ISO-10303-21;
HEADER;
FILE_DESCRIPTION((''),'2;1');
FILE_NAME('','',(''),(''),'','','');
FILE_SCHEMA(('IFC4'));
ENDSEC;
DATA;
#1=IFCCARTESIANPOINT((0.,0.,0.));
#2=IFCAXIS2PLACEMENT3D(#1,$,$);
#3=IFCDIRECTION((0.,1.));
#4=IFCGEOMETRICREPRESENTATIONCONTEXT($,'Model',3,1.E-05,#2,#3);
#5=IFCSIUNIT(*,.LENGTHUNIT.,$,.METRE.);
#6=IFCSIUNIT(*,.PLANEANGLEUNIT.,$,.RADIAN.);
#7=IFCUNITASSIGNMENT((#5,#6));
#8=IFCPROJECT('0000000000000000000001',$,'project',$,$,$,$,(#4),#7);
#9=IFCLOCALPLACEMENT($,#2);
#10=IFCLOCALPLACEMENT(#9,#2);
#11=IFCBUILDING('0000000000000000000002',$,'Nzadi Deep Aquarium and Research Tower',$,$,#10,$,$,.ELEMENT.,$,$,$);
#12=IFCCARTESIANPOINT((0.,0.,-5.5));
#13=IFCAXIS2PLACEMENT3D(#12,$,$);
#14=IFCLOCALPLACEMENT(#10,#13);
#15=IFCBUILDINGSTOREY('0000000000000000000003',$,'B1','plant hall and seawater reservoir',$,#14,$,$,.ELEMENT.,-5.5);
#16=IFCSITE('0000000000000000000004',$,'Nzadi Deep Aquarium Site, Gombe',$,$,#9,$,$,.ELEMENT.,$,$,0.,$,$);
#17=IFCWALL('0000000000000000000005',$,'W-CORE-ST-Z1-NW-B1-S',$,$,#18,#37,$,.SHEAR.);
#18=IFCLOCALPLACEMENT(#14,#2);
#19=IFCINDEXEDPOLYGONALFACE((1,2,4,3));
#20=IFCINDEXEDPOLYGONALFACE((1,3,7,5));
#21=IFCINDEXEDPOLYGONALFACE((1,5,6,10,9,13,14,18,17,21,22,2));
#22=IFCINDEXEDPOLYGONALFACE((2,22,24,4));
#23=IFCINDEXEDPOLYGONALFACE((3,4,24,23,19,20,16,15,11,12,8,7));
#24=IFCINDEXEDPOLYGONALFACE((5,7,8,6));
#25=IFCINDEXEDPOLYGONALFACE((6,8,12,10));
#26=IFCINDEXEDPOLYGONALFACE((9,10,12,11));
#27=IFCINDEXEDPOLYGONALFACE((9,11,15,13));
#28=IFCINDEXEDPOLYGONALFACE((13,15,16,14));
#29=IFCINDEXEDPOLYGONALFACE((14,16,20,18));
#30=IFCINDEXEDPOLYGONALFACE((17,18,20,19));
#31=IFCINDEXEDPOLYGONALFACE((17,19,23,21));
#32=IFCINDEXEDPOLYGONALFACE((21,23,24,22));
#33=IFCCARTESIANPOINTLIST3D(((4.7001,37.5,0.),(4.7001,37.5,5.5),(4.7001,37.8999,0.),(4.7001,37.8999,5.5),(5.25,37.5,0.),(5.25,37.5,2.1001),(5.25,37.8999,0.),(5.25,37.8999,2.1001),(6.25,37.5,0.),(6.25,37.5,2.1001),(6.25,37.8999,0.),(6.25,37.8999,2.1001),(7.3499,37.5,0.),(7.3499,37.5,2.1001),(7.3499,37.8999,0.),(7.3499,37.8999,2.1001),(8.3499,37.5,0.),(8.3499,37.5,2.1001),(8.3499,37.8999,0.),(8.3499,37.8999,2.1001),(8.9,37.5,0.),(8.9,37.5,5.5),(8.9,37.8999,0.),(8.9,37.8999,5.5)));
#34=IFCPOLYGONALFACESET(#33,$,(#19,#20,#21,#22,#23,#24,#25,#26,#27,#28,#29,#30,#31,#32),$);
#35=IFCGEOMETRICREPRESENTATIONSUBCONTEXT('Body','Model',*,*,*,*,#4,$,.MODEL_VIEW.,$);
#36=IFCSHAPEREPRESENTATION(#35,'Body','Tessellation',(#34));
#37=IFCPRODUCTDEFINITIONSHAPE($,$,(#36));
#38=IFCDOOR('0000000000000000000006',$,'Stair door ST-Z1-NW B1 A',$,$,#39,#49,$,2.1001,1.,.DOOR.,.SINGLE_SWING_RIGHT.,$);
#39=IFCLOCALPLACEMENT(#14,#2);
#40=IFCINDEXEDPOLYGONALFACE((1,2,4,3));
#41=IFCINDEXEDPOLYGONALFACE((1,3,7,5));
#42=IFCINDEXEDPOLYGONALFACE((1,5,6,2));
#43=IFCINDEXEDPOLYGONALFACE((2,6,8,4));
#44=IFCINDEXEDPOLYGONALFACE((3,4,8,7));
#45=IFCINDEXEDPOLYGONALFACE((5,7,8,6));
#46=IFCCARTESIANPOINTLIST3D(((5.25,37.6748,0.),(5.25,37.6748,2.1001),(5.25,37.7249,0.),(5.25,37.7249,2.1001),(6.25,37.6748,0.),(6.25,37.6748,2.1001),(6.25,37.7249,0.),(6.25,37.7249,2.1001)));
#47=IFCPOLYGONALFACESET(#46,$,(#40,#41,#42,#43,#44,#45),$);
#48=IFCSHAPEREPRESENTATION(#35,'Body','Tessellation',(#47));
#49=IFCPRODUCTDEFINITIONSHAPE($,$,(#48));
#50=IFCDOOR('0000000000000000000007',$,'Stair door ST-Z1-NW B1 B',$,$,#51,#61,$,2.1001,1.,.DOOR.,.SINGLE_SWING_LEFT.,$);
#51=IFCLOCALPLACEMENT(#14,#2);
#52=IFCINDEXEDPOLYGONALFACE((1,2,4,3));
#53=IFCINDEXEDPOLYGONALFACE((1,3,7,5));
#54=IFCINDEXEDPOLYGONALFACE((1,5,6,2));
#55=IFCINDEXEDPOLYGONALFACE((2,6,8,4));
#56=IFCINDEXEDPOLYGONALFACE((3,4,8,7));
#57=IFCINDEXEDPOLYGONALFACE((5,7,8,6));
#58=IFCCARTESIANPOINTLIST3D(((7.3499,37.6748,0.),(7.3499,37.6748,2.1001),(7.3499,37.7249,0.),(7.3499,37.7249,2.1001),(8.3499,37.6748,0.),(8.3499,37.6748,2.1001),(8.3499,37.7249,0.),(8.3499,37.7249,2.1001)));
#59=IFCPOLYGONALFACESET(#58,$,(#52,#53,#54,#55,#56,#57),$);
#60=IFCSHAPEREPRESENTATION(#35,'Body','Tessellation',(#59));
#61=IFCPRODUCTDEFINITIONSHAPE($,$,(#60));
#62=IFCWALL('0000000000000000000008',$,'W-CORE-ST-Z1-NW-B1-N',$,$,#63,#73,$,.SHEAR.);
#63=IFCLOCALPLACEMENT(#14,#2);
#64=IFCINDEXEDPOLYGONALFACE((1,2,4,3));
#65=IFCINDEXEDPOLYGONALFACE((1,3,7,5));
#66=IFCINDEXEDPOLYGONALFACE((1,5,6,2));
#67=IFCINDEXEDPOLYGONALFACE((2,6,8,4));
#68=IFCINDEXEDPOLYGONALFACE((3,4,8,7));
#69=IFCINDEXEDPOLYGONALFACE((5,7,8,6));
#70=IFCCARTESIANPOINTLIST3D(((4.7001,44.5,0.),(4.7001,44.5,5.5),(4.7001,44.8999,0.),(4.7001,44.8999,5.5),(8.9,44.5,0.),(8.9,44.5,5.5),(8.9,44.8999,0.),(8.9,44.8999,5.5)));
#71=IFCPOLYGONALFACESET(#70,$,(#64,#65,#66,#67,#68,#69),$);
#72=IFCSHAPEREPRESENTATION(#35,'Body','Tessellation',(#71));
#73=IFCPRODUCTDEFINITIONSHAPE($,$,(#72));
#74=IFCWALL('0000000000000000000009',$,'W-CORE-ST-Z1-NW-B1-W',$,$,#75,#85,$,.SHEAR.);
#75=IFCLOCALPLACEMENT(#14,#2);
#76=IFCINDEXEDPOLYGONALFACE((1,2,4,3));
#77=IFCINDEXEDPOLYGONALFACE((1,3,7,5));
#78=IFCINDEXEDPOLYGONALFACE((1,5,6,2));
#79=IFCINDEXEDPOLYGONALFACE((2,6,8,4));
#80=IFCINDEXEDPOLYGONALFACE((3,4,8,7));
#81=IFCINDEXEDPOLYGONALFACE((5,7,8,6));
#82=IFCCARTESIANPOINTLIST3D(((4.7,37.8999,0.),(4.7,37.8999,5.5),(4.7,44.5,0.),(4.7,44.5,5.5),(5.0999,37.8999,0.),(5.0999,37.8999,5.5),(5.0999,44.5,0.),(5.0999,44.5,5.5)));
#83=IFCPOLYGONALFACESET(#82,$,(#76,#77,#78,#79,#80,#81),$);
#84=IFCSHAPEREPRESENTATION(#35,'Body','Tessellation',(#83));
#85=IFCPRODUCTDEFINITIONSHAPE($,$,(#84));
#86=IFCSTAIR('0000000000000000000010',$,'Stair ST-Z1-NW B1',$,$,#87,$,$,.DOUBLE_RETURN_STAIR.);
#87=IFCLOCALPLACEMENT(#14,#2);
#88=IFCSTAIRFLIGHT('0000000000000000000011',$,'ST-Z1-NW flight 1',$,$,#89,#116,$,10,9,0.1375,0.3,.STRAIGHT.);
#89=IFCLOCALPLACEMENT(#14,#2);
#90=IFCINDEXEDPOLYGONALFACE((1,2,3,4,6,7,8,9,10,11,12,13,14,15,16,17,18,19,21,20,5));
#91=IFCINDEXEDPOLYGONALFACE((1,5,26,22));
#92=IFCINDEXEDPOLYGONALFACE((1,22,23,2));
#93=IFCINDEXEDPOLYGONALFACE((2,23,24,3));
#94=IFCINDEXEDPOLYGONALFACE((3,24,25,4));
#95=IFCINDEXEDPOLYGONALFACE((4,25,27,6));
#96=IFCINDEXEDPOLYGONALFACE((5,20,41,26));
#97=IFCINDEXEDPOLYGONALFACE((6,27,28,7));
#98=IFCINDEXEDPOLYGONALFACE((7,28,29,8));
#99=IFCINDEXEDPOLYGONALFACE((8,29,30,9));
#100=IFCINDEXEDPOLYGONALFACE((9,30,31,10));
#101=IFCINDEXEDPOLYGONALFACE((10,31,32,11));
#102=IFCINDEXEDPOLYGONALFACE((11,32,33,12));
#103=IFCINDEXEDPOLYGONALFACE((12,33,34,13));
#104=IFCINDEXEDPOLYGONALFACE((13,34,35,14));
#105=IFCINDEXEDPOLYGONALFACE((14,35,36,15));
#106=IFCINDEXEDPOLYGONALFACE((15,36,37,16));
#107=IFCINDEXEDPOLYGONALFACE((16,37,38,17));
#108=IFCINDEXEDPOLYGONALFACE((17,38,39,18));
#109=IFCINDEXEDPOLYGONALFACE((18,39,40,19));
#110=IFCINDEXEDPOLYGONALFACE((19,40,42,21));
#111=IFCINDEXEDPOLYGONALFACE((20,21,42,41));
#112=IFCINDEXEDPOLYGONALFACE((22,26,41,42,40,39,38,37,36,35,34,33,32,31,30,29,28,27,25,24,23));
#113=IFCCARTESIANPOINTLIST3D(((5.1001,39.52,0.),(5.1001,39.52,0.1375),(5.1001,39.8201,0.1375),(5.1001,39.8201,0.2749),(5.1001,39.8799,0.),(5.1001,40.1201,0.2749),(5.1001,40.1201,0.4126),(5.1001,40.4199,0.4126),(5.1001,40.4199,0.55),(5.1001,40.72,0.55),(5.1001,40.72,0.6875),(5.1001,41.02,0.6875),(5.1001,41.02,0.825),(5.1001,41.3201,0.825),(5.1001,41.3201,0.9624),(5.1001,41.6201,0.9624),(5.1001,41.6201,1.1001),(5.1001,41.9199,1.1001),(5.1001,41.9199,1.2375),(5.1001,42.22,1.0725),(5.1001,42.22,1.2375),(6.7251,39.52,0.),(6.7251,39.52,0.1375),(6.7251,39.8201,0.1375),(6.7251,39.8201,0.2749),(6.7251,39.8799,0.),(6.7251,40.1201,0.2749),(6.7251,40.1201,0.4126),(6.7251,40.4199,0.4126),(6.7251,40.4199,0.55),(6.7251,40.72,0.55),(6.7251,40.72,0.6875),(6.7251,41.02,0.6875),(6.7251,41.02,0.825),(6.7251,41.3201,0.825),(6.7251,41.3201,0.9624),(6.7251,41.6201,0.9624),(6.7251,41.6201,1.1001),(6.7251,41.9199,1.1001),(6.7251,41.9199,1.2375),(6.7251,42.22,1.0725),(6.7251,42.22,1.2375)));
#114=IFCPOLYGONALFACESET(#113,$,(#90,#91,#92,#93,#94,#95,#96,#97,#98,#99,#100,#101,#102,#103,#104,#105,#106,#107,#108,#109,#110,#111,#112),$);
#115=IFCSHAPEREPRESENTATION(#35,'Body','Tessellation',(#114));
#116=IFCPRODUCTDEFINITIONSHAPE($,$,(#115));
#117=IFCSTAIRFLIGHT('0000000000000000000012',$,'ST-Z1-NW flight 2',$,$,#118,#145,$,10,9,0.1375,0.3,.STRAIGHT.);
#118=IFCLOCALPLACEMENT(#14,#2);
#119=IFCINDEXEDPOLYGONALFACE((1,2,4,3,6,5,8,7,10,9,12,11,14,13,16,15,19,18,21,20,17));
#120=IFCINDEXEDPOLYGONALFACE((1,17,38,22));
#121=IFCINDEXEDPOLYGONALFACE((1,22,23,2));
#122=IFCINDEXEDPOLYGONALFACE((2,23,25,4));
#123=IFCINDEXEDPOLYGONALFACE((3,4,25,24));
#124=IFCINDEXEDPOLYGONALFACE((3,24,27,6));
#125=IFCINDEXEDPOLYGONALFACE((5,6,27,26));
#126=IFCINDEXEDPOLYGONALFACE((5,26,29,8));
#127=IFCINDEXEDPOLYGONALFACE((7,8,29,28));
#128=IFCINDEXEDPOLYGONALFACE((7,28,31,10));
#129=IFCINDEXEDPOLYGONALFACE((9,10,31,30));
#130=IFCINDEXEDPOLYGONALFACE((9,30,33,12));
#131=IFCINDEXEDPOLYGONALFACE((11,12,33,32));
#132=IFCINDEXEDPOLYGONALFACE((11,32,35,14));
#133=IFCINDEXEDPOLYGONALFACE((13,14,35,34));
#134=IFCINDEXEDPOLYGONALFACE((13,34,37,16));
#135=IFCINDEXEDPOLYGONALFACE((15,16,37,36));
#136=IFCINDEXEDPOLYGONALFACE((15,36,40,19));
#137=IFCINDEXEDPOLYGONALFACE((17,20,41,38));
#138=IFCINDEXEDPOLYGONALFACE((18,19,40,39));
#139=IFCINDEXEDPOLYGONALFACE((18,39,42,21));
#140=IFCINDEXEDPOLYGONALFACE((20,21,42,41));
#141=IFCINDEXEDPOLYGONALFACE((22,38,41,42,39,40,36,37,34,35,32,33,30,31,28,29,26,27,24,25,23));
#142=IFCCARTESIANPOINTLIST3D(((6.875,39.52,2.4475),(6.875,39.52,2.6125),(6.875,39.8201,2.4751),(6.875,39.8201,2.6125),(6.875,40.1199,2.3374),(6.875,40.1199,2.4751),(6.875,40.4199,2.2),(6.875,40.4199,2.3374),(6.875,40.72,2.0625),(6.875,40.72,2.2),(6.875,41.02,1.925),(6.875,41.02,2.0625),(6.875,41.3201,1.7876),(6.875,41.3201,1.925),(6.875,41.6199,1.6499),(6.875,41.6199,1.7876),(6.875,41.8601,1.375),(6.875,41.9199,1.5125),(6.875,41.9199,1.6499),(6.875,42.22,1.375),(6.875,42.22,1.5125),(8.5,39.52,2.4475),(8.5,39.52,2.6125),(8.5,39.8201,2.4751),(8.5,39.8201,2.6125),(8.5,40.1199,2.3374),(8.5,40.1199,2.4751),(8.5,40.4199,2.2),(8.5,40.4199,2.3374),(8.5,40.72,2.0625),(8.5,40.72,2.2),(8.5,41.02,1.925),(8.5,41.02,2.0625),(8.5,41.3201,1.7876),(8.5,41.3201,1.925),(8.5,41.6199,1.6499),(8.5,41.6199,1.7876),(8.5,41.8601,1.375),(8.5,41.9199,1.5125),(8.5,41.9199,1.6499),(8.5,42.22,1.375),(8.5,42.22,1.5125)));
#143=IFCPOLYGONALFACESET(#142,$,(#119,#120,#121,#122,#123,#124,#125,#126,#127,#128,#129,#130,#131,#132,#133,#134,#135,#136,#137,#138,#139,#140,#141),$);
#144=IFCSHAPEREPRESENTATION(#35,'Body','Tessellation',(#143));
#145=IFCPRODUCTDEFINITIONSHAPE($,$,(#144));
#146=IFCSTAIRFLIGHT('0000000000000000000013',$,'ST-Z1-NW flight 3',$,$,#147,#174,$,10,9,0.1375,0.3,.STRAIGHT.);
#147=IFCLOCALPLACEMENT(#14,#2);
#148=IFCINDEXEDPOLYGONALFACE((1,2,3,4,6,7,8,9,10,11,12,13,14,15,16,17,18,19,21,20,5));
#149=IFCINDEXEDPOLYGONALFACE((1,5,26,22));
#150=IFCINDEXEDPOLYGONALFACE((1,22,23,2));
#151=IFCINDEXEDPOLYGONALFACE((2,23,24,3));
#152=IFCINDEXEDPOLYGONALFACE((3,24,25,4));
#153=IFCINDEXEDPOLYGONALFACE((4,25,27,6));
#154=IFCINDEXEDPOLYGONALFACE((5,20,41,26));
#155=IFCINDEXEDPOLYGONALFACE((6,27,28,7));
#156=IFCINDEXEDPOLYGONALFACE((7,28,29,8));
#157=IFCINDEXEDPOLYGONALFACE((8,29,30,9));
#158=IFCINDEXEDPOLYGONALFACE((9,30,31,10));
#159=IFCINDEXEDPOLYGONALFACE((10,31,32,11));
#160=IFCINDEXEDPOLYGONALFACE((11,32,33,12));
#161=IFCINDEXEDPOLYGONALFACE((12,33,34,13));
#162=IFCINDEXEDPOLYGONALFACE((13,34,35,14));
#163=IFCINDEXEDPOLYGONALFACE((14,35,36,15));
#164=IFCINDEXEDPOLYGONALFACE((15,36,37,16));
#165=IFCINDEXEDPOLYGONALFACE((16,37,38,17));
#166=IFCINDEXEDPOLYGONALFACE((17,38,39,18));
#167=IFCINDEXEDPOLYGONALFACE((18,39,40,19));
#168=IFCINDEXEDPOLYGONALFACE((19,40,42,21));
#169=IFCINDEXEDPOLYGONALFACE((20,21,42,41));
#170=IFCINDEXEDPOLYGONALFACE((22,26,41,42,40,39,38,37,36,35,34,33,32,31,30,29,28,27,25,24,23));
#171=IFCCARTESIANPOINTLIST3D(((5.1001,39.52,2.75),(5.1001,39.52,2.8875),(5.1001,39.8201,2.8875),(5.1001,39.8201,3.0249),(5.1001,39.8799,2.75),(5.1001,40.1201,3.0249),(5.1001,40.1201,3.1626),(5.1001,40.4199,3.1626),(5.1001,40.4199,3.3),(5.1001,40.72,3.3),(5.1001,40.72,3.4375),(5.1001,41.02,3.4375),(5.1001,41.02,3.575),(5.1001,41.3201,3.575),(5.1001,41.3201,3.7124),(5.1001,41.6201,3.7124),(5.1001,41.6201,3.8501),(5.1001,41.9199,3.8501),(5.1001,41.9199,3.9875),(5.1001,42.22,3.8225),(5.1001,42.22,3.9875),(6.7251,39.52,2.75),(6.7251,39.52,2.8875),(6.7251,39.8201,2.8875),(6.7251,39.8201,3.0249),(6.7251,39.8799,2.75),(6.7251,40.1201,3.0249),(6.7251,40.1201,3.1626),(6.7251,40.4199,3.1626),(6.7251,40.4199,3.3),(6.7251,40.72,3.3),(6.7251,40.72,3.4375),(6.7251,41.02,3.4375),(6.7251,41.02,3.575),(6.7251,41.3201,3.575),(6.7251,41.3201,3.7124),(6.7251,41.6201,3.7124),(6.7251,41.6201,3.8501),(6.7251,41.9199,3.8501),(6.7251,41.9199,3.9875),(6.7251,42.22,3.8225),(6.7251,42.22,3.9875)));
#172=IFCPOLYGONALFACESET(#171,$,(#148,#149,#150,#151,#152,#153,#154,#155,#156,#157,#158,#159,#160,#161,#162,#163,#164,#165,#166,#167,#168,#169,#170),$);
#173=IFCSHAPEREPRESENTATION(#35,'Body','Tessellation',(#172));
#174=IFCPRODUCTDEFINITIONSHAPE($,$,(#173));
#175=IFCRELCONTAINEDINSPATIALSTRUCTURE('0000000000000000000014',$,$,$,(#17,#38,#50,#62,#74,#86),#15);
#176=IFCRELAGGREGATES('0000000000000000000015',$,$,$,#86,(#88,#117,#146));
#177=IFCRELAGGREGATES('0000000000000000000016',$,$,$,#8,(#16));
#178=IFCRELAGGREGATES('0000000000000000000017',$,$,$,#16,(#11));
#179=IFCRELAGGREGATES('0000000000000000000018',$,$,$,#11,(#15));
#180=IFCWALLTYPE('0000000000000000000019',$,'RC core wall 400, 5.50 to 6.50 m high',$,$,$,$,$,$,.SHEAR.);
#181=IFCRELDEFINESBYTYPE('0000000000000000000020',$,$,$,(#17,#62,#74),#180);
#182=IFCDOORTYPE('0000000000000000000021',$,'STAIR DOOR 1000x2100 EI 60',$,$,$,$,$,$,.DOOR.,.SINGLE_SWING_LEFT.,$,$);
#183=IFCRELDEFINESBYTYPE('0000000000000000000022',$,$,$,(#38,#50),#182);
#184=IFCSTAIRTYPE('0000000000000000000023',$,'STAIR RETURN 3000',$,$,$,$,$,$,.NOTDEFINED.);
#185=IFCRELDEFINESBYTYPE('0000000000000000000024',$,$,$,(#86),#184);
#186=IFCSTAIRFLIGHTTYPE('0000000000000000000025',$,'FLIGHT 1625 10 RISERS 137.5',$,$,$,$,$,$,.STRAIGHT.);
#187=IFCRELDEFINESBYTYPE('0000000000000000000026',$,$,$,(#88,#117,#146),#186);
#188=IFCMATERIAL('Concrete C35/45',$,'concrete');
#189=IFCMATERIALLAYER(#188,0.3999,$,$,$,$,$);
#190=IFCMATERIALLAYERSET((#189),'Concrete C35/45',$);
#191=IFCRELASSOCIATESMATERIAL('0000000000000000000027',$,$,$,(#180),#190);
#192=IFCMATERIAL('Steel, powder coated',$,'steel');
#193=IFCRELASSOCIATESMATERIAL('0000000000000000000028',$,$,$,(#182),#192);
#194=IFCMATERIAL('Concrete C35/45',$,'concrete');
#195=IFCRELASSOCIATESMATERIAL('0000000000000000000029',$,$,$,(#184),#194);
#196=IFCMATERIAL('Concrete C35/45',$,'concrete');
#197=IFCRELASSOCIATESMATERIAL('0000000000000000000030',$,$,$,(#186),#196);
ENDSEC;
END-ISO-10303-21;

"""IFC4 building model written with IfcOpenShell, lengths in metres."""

from ifc_helpers import new_model, si_unit, direction, frame, frame_2d, origin, place, context, subcontext, project, spatial, polyline, rectangle, outline, extrude, material, layer, layer_set, type_object, element, fill, aggregate, save


model = new_model("IFC4")

# Units and contexts
model_context = context("Model", 3, precision=1e-05, world=origin(), true_north=direction((0.0, 1.0)))
body_context = subcontext(model_context, "Body", "Model", "MODEL_VIEW")
ifc_project = project(units=[si_unit("LENGTHUNIT", "METRE"), si_unit("PLANEANGLEUNIT", "RADIAN")], contexts=[model_context])

# Site, building, storey
site_placement = place(None, origin())
site = spatial("IfcSite", under=ifc_project, at=site_placement, Name="Nzadi Deep Aquarium Site, Gombe", CompositionType="ELEMENT", RefElevation=0.0)
building_placement = place(site_placement, origin())
building = spatial("IfcBuilding", under=site, at=building_placement, Name="Nzadi Deep Aquarium and Research Tower", CompositionType="ELEMENT")
storey_placement = place(building_placement, frame((0.0, 0.0, -5.5)))
storey = spatial("IfcBuildingStorey", under=building, at=storey_placement, Name="B1", Description="plant hall and seawater reservoir", CompositionType="ELEMENT", Elevation=-5.5)

# Wall, openings, doors
ifc_material_1 = material(Name="Concrete C35/45", Category="concrete")
ifc_layer_1 = layer(ifc_material_1, 0.3999)
ifc_layer_set_1 = layer_set([ifc_layer_1], Name="Concrete C35/45")
wall_type_1 = type_object("IfcWallType", Name="RC core wall 400, 5.50 to 6.50 m high", PredefinedType="SHEAR", material=ifc_layer_set_1)
wall_1_placement = place(storey_placement, frame((4.7, 37.7, 0.0), z_axis=(0.0, 0.0, 1.0), x_axis=(1.0, 0.0, 0.0)))
wall_1 = element("IfcWall", 1, at=wall_1_placement, inside=storey, type_object=wall_type_1, Name="W-CORE-ST-Z1-NW-B1-S", PredefinedType="SHEAR", context=body_context, shape_type="SweptSolid", body=[
    extrude(rectangle(XDim=4.2, YDim=0.3999, at=frame_2d((2.1001, 0.0))), origin(), (0.0, 0.0, 1.0), 5.5),
])
opening_1_placement = place(wall_1_placement, frame((0.55, 0.0, 0.0)))
opening_1 = element("IfcOpeningElement", 2, at=opening_1_placement, cuts=wall_1, PredefinedType="OPENING", context=body_context, shape_type="SweptSolid", body=[
    extrude(rectangle(XDim=1.0, YDim=2.1001, at=frame_2d((0.5, 1.05))), frame((0.0, 0.21, 0.0), z_axis=(0.0, -1.0, 0.0), x_axis=(1.0, 0.0, 0.0)), (0.0, 0.0, 1.0), 0.4199),
])
opening_2_placement = place(wall_1_placement, frame((2.6499, 0.0, 0.0)))
opening_2 = element("IfcOpeningElement", 3, at=opening_2_placement, cuts=wall_1, PredefinedType="OPENING", context=body_context, shape_type="SweptSolid", body=[
    extrude(rectangle(XDim=1.0, YDim=2.1001, at=frame_2d((0.5, 1.05))), frame((0.0, 0.21, 0.0), z_axis=(0.0, -1.0, 0.0), x_axis=(1.0, 0.0, 0.0)), (0.0, 0.0, 1.0), 0.4199),
])
ifc_material_2 = material(Name="Steel, powder coated", Category="steel")
door_type = type_object("IfcDoorType", Name="STAIR DOOR 1000x2100 EI 60", OperationType="SINGLE_SWING_LEFT", PredefinedType="DOOR", material=ifc_material_2)
door_1_placement = place(opening_1_placement, origin())
door_1 = element("IfcDoor", 4, at=door_1_placement, inside=storey, type_object=door_type, Name="Stair door ST-Z1-NW B1 A", OperationType="SINGLE_SWING_RIGHT", OverallHeight=2.1001, OverallWidth=1.0, PredefinedType="DOOR", context=body_context, shape_type="SweptSolid", body=[
    extrude(rectangle(XDim=1.0, YDim=2.1001, at=frame_2d((0.5, 1.05))), frame((0.0, 0.0249, 0.0), z_axis=(0.0, -1.0, 0.0), x_axis=(1.0, 0.0, 0.0)), (0.0, 0.0, 1.0), 0.05),
])
fill(opening_1, door_1)
door_2_placement = place(opening_2_placement, origin())
door_2 = element("IfcDoor", 5, at=door_2_placement, inside=storey, type_object=door_type, Name="Stair door ST-Z1-NW B1 B", OperationType="SINGLE_SWING_LEFT", OverallHeight=2.1001, OverallWidth=1.0, PredefinedType="DOOR", context=body_context, shape_type="SweptSolid", body=[
    extrude(rectangle(XDim=1.0, YDim=2.1001, at=frame_2d((0.5, 1.05))), frame((0.0, 0.0249, 0.0), z_axis=(0.0, -1.0, 0.0), x_axis=(1.0, 0.0, 0.0)), (0.0, 0.0, 1.0), 0.05),
])
fill(opening_2, door_2)

# Walls
wall_2_placement = place(storey_placement, frame((4.7, 44.7, 0.0), z_axis=(0.0, 0.0, 1.0), x_axis=(1.0, 0.0, 0.0)))
element("IfcWall", 6, at=wall_2_placement, inside=storey, type_object=wall_type_1, Name="W-CORE-ST-Z1-NW-B1-N", PredefinedType="SHEAR", context=body_context, shape_type="SweptSolid", body=[
    extrude(rectangle(XDim=4.2, YDim=0.3999, at=frame_2d((2.1001, 0.0))), origin(), (0.0, 0.0, 1.0), 5.5),
])
wall_3_placement = place(storey_placement, frame((4.8999, 37.8999, 0.0), z_axis=(0.0, 0.0, 1.0), x_axis=(0.0, 1.0, 0.0)))
element("IfcWall", 7, at=wall_3_placement, inside=storey, type_object=wall_type_1, Name="W-CORE-ST-Z1-NW-B1-W", PredefinedType="SHEAR", context=body_context, shape_type="SweptSolid", body=[
    extrude(rectangle(XDim=6.6001, YDim=0.3999, at=frame_2d((3.3, 0.0))), origin(), (0.0, 0.0, 1.0), 5.5),
])

# Stair, stair flights
ifc_material_3 = material(Name="Concrete C35/45", Category="concrete")
stair_type = type_object("IfcStairType", Name="STAIR RETURN 3000", PredefinedType="NOTDEFINED", material=ifc_material_3)
stair_placement = place(storey_placement, origin())
stair = element("IfcStair", 8, at=stair_placement, inside=storey, type_object=stair_type, Name="Stair ST-Z1-NW B1", PredefinedType="DOUBLE_RETURN_STAIR")
ifc_material_4 = material(Name="Concrete C35/45", Category="concrete")
stair_flight_type = type_object("IfcStairFlightType", Name="FLIGHT 1625 10 RISERS 137.5", PredefinedType="STRAIGHT", material=ifc_material_4)
stair_flight_1_placement = place(storey_placement, frame((5.9126, 39.52, 0.0), z_axis=(0.0, 0.0, 1.0), x_axis=(0.0, 1.0, 0.0)))
stair_flight_1 = element("IfcStairFlight", 9, at=stair_flight_1_placement, type_object=stair_flight_type, Name="ST-Z1-NW flight 1", NumberOfRisers=10, NumberOfTreads=9, PredefinedType="STRAIGHT", RiserHeight=0.1375, TreadLength=0.3, context=body_context, shape_type="SweptSolid", body=[
    extrude(outline(polyline([(0.0, 0.0), (0.0, 0.1375), (0.3, 0.1375), (0.3, 0.2749), (0.6001, 0.2749), (0.6001, 0.4126), (0.8999, 0.4126), (0.8999, 0.55), (1.2, 0.55), (1.2, 0.6875), (1.5, 0.6875), (1.5, 0.825), (1.8, 0.825), (1.8, 0.9624), (2.1001, 0.9624), (2.1001, 1.1001), (2.3999, 1.1001), (2.3999, 1.2375), (2.7, 1.2375), (2.7, 1.375), (2.7, 1.0725), (0.3599, 0.0), (0.0, 0.0)])), frame((0.0, 0.8125, 0.0), z_axis=(0.0, -1.0, 0.0), x_axis=(1.0, 0.0, 0.0)), (0.0, 0.0, 1.0), 1.625),
])
stair_flight_2_placement = place(storey_placement, frame((7.6875, 42.22, 1.375), z_axis=(0.0, 0.0, 1.0), x_axis=(0.0, -1.0, 0.0)))
stair_flight_2 = element("IfcStairFlight", 10, at=stair_flight_2_placement, type_object=stair_flight_type, Name="ST-Z1-NW flight 2", NumberOfRisers=10, NumberOfTreads=9, PredefinedType="STRAIGHT", RiserHeight=0.1375, TreadLength=0.3, context=body_context, shape_type="SweptSolid", body=[
    extrude(outline(polyline([(0.0, 0.0), (0.0, 0.1375), (0.3, 0.1375), (0.3, 0.2749), (0.6001, 0.2749), (0.6001, 0.4126), (0.8999, 0.4126), (0.8999, 0.55), (1.2, 0.55), (1.2, 0.6875), (1.5, 0.6875), (1.5, 0.825), (1.8, 0.825), (1.8, 0.9624), (2.1001, 0.9624), (2.1001, 1.1001), (2.3999, 1.1001), (2.3999, 1.2375), (2.7, 1.2375), (2.7, 1.375), (2.7, 1.0725), (0.3599, 0.0), (0.0, 0.0)])), frame((0.0, 0.8125, 0.0), z_axis=(0.0, -1.0, 0.0), x_axis=(1.0, 0.0, 0.0)), (0.0, 0.0, 1.0), 1.625),
])
stair_flight_3_placement = place(storey_placement, frame((5.9126, 39.52, 2.75), z_axis=(0.0, 0.0, 1.0), x_axis=(0.0, 1.0, 0.0)))
stair_flight_3 = element("IfcStairFlight", 11, at=stair_flight_3_placement, type_object=stair_flight_type, Name="ST-Z1-NW flight 3", NumberOfRisers=10, NumberOfTreads=9, PredefinedType="STRAIGHT", RiserHeight=0.1375, TreadLength=0.3, context=body_context, shape_type="SweptSolid", body=[
    extrude(outline(polyline([(0.0, 0.0), (0.0, 0.1375), (0.3, 0.1375), (0.3, 0.2749), (0.6001, 0.2749), (0.6001, 0.4126), (0.8999, 0.4126), (0.8999, 0.55), (1.2, 0.55), (1.2, 0.6875), (1.5, 0.6875), (1.5, 0.825), (1.8, 0.825), (1.8, 0.9624), (2.1001, 0.9624), (2.1001, 1.1001), (2.3999, 1.1001), (2.3999, 1.2375), (2.7, 1.2375), (2.7, 1.375), (2.7, 1.0725), (0.3599, 0.0), (0.0, 0.0)])), frame((0.0, 0.8125, 0.0), z_axis=(0.0, -1.0, 0.0), x_axis=(1.0, 0.0, 0.0)), (0.0, 0.0, 1.0), 1.625),
])
aggregate(stair, [stair_flight_1, stair_flight_2, stair_flight_3])

save(model, "model.ifc")
